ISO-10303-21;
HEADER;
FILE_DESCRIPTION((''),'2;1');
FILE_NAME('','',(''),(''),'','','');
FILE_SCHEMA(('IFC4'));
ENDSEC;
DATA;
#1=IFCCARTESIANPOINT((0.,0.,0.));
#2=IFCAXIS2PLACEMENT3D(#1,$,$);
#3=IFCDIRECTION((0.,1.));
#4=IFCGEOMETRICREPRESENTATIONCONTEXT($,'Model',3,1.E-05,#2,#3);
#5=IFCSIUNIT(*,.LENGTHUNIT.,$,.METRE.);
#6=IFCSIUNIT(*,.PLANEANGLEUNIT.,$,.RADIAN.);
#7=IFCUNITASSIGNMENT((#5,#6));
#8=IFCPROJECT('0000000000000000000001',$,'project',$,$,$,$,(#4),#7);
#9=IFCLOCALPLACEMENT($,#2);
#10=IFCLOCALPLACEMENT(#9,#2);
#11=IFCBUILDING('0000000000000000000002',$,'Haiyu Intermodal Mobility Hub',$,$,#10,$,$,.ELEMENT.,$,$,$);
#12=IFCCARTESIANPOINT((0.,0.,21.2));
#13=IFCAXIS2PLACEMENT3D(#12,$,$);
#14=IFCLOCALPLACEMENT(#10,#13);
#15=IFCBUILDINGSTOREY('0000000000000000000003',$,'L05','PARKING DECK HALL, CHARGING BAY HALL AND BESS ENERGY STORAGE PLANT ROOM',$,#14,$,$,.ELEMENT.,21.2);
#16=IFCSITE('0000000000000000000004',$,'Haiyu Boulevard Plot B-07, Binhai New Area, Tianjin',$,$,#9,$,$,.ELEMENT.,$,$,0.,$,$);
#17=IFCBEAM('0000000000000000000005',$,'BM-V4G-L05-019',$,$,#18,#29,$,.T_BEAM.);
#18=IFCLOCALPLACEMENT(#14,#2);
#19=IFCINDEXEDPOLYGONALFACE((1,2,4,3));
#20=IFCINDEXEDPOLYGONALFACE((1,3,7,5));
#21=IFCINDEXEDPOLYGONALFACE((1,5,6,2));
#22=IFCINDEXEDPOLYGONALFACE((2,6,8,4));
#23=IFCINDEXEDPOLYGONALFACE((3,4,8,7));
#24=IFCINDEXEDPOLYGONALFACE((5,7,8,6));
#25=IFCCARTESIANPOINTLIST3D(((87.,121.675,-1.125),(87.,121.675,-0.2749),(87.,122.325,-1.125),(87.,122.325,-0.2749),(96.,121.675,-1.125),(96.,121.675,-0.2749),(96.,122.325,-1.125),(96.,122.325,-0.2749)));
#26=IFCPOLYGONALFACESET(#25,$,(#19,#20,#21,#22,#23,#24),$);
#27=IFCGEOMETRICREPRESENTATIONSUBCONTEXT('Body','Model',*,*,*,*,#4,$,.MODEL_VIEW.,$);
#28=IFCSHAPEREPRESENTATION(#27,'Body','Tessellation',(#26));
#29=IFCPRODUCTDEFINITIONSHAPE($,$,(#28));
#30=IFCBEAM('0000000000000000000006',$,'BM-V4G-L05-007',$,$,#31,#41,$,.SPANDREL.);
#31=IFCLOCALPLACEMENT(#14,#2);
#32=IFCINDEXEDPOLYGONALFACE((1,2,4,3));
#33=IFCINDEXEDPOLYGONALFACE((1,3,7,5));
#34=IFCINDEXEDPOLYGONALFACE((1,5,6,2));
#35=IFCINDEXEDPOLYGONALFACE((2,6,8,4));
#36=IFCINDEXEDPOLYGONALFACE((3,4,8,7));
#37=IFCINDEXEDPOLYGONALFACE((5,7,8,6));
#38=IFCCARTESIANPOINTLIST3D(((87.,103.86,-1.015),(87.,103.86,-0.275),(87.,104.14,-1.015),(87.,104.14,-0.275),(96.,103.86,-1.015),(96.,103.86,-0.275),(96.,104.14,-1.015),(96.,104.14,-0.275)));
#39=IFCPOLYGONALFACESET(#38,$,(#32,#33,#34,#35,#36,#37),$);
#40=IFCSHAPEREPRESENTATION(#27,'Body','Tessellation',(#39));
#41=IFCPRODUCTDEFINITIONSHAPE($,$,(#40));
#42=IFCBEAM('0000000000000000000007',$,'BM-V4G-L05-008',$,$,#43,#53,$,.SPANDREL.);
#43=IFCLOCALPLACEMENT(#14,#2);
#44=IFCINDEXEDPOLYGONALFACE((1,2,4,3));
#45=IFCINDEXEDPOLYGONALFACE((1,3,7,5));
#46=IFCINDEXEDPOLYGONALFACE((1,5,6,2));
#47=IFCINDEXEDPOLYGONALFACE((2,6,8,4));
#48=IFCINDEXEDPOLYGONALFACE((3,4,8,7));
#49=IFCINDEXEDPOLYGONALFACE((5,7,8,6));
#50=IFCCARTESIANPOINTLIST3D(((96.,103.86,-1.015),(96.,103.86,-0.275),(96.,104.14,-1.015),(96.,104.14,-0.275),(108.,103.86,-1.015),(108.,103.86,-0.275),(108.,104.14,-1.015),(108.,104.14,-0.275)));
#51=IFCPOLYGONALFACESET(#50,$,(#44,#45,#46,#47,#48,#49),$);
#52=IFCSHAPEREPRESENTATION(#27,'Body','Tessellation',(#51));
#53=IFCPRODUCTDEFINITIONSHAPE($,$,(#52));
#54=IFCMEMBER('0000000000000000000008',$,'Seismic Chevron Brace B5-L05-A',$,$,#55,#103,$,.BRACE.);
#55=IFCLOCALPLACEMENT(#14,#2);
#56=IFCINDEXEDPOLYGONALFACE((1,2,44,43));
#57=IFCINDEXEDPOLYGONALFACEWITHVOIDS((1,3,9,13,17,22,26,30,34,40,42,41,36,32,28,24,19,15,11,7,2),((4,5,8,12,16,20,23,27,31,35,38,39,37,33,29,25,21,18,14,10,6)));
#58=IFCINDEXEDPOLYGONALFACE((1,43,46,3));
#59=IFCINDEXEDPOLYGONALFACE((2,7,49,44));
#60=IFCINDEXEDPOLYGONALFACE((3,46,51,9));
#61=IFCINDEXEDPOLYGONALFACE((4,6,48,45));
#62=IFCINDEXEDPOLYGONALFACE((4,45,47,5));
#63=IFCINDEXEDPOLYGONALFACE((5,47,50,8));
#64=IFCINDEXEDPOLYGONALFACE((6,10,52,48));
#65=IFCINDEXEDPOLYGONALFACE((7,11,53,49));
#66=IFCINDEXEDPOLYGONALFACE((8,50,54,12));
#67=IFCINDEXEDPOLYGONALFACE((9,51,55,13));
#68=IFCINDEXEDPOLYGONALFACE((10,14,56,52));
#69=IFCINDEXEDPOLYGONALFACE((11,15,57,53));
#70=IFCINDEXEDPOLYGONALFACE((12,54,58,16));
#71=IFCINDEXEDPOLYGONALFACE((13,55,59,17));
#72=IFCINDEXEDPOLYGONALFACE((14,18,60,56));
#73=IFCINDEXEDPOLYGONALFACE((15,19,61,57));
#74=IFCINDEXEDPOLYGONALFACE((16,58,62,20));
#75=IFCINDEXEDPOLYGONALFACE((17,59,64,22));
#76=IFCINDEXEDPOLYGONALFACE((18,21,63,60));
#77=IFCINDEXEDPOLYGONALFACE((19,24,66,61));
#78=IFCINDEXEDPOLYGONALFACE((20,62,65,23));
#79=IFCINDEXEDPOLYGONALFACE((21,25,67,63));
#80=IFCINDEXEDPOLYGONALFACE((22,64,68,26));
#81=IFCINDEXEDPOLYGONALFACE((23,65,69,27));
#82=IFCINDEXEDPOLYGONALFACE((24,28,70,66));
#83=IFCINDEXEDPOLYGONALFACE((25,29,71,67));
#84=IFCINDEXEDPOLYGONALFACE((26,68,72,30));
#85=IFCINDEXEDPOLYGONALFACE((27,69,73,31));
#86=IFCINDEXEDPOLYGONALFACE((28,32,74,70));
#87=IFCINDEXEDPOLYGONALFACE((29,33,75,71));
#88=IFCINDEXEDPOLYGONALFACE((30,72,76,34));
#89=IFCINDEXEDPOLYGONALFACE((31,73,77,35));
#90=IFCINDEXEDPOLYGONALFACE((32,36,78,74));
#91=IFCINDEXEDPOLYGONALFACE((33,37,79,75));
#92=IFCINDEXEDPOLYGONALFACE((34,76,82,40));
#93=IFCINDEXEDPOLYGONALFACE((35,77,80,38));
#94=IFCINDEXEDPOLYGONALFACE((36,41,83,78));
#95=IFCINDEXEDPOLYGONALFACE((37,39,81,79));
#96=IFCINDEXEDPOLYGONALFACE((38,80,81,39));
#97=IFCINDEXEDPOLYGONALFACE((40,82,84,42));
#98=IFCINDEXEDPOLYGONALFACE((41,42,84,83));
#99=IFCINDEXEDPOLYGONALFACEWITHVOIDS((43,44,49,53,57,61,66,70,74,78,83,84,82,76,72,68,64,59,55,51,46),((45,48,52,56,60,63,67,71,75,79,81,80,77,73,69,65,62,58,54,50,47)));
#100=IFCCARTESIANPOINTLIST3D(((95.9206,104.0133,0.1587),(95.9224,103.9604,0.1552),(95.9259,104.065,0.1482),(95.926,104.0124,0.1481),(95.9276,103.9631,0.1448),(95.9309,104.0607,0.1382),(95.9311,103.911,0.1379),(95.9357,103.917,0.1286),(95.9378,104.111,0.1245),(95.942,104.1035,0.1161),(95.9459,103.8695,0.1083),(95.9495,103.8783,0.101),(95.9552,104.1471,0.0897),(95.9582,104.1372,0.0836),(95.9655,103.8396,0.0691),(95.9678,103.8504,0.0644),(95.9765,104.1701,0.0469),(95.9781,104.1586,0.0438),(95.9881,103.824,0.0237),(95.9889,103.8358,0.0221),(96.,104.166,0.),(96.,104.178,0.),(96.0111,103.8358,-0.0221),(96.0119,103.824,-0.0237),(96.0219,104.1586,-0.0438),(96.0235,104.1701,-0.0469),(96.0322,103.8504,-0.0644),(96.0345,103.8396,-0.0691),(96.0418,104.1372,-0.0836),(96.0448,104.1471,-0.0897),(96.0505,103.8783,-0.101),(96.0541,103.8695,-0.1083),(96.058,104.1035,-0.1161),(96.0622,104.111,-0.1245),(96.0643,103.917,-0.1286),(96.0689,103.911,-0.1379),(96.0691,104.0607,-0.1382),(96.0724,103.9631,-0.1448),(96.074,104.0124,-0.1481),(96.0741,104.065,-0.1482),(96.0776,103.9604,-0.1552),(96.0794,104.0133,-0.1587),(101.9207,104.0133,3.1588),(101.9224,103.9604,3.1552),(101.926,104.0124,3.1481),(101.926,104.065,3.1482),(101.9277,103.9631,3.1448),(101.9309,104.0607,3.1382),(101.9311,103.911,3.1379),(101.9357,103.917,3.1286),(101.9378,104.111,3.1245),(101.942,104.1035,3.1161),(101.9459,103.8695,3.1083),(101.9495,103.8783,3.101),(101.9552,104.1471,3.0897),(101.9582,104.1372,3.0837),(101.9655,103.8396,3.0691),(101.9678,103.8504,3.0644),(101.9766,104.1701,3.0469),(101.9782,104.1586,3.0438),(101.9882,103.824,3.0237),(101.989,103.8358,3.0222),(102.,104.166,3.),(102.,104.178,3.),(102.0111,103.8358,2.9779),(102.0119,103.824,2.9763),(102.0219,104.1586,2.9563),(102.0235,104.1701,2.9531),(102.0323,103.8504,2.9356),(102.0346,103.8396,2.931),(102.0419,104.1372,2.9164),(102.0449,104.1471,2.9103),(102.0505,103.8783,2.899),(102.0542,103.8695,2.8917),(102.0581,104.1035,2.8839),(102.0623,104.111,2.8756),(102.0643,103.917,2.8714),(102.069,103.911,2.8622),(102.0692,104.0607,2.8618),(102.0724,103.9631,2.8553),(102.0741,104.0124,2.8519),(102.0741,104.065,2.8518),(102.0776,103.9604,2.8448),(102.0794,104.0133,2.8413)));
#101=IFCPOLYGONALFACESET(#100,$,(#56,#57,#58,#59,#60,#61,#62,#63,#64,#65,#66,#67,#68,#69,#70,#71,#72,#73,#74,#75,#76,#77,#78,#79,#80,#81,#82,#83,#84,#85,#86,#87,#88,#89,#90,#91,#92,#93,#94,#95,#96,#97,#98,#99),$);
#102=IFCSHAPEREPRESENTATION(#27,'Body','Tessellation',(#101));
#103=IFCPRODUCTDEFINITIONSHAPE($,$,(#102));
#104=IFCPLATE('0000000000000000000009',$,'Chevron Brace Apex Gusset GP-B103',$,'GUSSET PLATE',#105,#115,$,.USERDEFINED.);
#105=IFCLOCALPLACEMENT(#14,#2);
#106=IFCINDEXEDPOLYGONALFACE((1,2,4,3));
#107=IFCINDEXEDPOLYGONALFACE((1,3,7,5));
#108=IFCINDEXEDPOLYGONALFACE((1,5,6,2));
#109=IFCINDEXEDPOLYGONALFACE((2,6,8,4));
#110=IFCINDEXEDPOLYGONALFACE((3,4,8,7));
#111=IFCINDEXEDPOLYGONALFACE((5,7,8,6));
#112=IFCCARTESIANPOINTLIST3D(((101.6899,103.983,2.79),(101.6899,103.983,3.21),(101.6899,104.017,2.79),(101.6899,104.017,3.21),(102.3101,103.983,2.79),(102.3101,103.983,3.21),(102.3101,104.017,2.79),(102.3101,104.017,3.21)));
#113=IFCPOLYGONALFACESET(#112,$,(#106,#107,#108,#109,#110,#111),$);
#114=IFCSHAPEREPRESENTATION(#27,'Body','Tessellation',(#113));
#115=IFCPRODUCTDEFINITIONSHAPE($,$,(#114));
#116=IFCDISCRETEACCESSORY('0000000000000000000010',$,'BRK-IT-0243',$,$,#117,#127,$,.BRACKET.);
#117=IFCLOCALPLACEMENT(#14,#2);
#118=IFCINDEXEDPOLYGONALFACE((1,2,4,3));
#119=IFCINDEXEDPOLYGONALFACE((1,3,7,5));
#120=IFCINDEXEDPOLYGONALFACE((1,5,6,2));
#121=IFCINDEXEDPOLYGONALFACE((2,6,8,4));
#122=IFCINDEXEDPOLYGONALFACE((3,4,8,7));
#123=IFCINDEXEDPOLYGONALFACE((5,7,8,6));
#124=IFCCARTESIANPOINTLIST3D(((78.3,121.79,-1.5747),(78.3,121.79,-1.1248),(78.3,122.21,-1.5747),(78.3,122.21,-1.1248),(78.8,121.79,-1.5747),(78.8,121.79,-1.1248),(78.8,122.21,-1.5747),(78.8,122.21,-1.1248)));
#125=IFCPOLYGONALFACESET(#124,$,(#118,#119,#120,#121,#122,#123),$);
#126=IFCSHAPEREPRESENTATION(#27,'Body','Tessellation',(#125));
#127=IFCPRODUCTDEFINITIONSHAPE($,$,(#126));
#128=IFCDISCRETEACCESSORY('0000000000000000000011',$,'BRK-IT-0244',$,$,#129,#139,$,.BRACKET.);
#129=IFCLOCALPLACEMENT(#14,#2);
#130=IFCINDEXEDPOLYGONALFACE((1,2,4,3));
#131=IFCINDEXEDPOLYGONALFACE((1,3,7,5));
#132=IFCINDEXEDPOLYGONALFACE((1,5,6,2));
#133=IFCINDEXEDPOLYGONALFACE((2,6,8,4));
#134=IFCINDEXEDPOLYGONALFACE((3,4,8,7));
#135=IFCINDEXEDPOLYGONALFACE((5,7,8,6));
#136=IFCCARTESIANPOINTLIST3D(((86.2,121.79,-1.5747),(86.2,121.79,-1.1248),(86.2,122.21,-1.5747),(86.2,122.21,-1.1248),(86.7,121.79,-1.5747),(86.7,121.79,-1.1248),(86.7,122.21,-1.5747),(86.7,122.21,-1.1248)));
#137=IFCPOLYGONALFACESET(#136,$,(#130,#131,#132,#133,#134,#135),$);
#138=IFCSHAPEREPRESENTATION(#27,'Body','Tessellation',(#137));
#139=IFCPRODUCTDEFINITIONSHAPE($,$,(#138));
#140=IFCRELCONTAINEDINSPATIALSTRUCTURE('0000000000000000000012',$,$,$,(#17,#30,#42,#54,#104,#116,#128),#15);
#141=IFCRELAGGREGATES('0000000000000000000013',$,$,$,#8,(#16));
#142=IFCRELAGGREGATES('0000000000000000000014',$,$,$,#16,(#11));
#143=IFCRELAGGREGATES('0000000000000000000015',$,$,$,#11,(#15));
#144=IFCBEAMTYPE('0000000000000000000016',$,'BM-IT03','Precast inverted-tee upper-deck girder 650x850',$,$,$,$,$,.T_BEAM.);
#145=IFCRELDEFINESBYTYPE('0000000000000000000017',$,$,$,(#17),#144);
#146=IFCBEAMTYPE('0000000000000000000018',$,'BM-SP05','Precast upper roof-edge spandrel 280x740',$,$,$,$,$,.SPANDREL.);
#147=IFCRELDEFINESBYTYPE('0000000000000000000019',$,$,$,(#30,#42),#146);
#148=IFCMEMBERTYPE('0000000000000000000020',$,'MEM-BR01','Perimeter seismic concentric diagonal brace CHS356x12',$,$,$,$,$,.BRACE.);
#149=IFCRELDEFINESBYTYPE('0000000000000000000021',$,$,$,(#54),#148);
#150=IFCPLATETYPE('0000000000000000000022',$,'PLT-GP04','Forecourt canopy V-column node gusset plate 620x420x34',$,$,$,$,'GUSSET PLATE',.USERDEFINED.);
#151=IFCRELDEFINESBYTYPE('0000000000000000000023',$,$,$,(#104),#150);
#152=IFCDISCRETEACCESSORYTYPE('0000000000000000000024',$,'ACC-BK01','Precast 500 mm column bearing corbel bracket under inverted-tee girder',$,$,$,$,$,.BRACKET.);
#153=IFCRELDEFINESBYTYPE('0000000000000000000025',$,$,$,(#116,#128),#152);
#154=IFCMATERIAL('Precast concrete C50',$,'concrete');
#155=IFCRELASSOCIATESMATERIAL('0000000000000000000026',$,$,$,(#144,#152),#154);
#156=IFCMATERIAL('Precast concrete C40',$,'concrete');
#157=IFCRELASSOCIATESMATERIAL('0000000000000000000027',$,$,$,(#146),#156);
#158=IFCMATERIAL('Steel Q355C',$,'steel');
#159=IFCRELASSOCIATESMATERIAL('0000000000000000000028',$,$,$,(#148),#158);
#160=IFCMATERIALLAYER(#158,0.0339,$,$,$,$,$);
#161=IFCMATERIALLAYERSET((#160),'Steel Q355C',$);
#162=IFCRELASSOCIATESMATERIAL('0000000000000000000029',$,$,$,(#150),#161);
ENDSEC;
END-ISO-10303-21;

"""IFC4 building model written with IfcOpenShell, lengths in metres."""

from ifc_helpers import new_model, si_unit, direction, frame, origin, origin_2d, place, context, subcontext, project, spatial, rectangle, hollow_circle, extrude, material, layer, layer_set, material_profile, profile_set, type_object, element, save


model = new_model("IFC4")

# Units and contexts
model_context = context("Model", 3, precision=1e-05, world=origin(), true_north=direction((0.0, 1.0)))
body_context = subcontext(model_context, "Body", "Model", "MODEL_VIEW")
ifc_project = project(units=[si_unit("LENGTHUNIT", "METRE"), si_unit("PLANEANGLEUNIT", "RADIAN")], contexts=[model_context])

# Site, building, storey
site_placement = place(None, origin())
site = spatial("IfcSite", under=ifc_project, at=site_placement, Name="Haiyu Boulevard Plot B-07, Binhai New Area, Tianjin", CompositionType="ELEMENT", RefElevation=0.0)
building_placement = place(site_placement, origin())
building = spatial("IfcBuilding", under=site, at=building_placement, Name="Haiyu Intermodal Mobility Hub", CompositionType="ELEMENT")
storey_placement = place(building_placement, frame((0.0, 0.0, 21.2)))
storey = spatial("IfcBuildingStorey", under=building, at=storey_placement, Name="L05", Description="PARKING DECK HALL, CHARGING BAY HALL AND BESS ENERGY STORAGE PLANT ROOM", CompositionType="ELEMENT", Elevation=21.2)

# Shared definitions
ifc_material_1 = material(Name="Precast concrete C40", Category="concrete")

# Beams
ifc_material_2 = material(Name="Precast concrete C50", Category="concrete")
ifc_material_profile_1 = material_profile(ifc_material_2, rectangle(XDim=0.6499, YDim=0.8501, at=origin_2d()), Name="PC650x850")
ifc_profile_set_1 = profile_set([ifc_material_profile_1], Name="Precast concrete C50")
beam_type_1 = type_object("IfcBeamType", Name="BM-IT03", Description="Precast inverted-tee upper-deck girder 650x850", PredefinedType="T_BEAM", material=ifc_profile_set_1)
beam_1_placement = place(storey_placement, frame((87.0, 122.0, -0.7), z_axis=(1.0, 0.0, 0.0), x_axis=(0.0, 1.0, 0.0)))
element("IfcBeam", 1, at=beam_1_placement, inside=storey, type_object=beam_type_1, Name="BM-V4G-L05-019", PredefinedType="T_BEAM", context=body_context, shape_type="SweptSolid", body=[
    extrude(rectangle(XDim=0.6499, YDim=0.8501, at=origin_2d()), origin(), (0.0, 0.0, 1.0), 9.0),
])
ifc_material_profile_2 = material_profile(ifc_material_1, rectangle(XDim=0.28, YDim=0.74, at=origin_2d()), Name="B280x740")
ifc_profile_set_2 = profile_set([ifc_material_profile_2], Name="Precast concrete C40")
beam_type_2 = type_object("IfcBeamType", Name="BM-SP05", Description="Precast upper roof-edge spandrel 280x740", PredefinedType="SPANDREL", material=ifc_profile_set_2)
beam_2_placement = place(storey_placement, frame((87.0, 104.0, -0.645), z_axis=(1.0, 0.0, 0.0), x_axis=(0.0, 1.0, 0.0)))
element("IfcBeam", 2, at=beam_2_placement, inside=storey, type_object=beam_type_2, Name="BM-V4G-L05-007", PredefinedType="SPANDREL", context=body_context, shape_type="SweptSolid", body=[
    extrude(rectangle(XDim=0.28, YDim=0.74, at=origin_2d()), origin(), (0.0, 0.0, 1.0), 9.0),
])
beam_3_placement = place(storey_placement, frame((96.0, 104.0, -0.645), z_axis=(1.0, 0.0, 0.0), x_axis=(0.0, 1.0, 0.0)))
element("IfcBeam", 3, at=beam_3_placement, inside=storey, type_object=beam_type_2, Name="BM-V4G-L05-008", PredefinedType="SPANDREL", context=body_context, shape_type="SweptSolid", body=[
    extrude(rectangle(XDim=0.28, YDim=0.74, at=origin_2d()), origin(), (0.0, 0.0, 1.0), 12.0),
])

# Member
ifc_material_3 = material(Name="Steel Q355C", Category="steel")
ifc_material_profile_3 = material_profile(ifc_material_3, hollow_circle(Radius=0.178, WallThickness=0.012, at=origin_2d()), Name="CHS356x12")
ifc_profile_set_3 = profile_set([ifc_material_profile_3], Name="Steel Q355C")
member_type = type_object("IfcMemberType", Name="MEM-BR01", Description="Perimeter seismic concentric diagonal brace CHS356x12", PredefinedType="BRACE", material=ifc_profile_set_3)
member_placement = place(storey_placement, frame((96.0, 104.0, 0.0), z_axis=(0.894427, 0.0, 0.447214), x_axis=(0.0, 1.0, 0.0)))
element("IfcMember", 4, at=member_placement, inside=storey, type_object=member_type, Name="Seismic Chevron Brace B5-L05-A", PredefinedType="BRACE", context=body_context, shape_type="SweptSolid", body=[
    extrude(hollow_circle(Radius=0.178, WallThickness=0.012, at=origin_2d()), origin(), (0.0, 0.0, 1.0), 6.7083),
])

# Plate
ifc_layer = layer(ifc_material_3, 0.0339)
ifc_layer_set = layer_set([ifc_layer], Name="Steel Q355C")
plate_type = type_object("IfcPlateType", Name="PLT-GP04", Description="Forecourt canopy V-column node gusset plate 620x420x34", ElementType="GUSSET PLATE", PredefinedType="USERDEFINED", material=ifc_layer_set)
plate_placement = place(storey_placement, frame((102.0, 104.0, 2.79), z_axis=(0.0, 0.0, 1.0), x_axis=(1.0, 0.0, 0.0)))
element("IfcPlate", 5, at=plate_placement, inside=storey, type_object=plate_type, Name="Chevron Brace Apex Gusset GP-B103", ObjectType="GUSSET PLATE", PredefinedType="USERDEFINED", context=body_context, shape_type="SweptSolid", body=[
    extrude(rectangle(XDim=0.6201, YDim=0.0339, at=origin_2d()), origin(), (0.0, 0.0, 1.0), 0.4199),
])

# Discrete accessories
discrete_accessory_type = type_object("IfcDiscreteAccessoryType", Name="ACC-BK01", Description="Precast 500 mm column bearing corbel bracket under inverted-tee girder", PredefinedType="BRACKET", material=ifc_material_2)
for number, where, z_axis, x_axis, name in (
    (6, (78.55, 122.0, -1.5747), (0.0, 0.0, 1.0), (1.0, 0.0, 0.0), "BRK-IT-0243"),
    (7, (86.45, 122.0, -1.5747), (0.0, 0.0, 1.0), (1.0, 0.0, 0.0), "BRK-IT-0244"),
):
    element("IfcDiscreteAccessory", number, at=place(storey_placement, frame(where, z_axis=z_axis, x_axis=x_axis)), inside=storey, type_object=discrete_accessory_type, Name=name, PredefinedType="BRACKET", context=body_context, shape_type="SweptSolid", body=[
        extrude(rectangle(XDim=0.5, YDim=0.4199, at=origin_2d()), origin(), (0.0, 0.0, 1.0), 0.45),
    ])

save(model, "model.ifc")
